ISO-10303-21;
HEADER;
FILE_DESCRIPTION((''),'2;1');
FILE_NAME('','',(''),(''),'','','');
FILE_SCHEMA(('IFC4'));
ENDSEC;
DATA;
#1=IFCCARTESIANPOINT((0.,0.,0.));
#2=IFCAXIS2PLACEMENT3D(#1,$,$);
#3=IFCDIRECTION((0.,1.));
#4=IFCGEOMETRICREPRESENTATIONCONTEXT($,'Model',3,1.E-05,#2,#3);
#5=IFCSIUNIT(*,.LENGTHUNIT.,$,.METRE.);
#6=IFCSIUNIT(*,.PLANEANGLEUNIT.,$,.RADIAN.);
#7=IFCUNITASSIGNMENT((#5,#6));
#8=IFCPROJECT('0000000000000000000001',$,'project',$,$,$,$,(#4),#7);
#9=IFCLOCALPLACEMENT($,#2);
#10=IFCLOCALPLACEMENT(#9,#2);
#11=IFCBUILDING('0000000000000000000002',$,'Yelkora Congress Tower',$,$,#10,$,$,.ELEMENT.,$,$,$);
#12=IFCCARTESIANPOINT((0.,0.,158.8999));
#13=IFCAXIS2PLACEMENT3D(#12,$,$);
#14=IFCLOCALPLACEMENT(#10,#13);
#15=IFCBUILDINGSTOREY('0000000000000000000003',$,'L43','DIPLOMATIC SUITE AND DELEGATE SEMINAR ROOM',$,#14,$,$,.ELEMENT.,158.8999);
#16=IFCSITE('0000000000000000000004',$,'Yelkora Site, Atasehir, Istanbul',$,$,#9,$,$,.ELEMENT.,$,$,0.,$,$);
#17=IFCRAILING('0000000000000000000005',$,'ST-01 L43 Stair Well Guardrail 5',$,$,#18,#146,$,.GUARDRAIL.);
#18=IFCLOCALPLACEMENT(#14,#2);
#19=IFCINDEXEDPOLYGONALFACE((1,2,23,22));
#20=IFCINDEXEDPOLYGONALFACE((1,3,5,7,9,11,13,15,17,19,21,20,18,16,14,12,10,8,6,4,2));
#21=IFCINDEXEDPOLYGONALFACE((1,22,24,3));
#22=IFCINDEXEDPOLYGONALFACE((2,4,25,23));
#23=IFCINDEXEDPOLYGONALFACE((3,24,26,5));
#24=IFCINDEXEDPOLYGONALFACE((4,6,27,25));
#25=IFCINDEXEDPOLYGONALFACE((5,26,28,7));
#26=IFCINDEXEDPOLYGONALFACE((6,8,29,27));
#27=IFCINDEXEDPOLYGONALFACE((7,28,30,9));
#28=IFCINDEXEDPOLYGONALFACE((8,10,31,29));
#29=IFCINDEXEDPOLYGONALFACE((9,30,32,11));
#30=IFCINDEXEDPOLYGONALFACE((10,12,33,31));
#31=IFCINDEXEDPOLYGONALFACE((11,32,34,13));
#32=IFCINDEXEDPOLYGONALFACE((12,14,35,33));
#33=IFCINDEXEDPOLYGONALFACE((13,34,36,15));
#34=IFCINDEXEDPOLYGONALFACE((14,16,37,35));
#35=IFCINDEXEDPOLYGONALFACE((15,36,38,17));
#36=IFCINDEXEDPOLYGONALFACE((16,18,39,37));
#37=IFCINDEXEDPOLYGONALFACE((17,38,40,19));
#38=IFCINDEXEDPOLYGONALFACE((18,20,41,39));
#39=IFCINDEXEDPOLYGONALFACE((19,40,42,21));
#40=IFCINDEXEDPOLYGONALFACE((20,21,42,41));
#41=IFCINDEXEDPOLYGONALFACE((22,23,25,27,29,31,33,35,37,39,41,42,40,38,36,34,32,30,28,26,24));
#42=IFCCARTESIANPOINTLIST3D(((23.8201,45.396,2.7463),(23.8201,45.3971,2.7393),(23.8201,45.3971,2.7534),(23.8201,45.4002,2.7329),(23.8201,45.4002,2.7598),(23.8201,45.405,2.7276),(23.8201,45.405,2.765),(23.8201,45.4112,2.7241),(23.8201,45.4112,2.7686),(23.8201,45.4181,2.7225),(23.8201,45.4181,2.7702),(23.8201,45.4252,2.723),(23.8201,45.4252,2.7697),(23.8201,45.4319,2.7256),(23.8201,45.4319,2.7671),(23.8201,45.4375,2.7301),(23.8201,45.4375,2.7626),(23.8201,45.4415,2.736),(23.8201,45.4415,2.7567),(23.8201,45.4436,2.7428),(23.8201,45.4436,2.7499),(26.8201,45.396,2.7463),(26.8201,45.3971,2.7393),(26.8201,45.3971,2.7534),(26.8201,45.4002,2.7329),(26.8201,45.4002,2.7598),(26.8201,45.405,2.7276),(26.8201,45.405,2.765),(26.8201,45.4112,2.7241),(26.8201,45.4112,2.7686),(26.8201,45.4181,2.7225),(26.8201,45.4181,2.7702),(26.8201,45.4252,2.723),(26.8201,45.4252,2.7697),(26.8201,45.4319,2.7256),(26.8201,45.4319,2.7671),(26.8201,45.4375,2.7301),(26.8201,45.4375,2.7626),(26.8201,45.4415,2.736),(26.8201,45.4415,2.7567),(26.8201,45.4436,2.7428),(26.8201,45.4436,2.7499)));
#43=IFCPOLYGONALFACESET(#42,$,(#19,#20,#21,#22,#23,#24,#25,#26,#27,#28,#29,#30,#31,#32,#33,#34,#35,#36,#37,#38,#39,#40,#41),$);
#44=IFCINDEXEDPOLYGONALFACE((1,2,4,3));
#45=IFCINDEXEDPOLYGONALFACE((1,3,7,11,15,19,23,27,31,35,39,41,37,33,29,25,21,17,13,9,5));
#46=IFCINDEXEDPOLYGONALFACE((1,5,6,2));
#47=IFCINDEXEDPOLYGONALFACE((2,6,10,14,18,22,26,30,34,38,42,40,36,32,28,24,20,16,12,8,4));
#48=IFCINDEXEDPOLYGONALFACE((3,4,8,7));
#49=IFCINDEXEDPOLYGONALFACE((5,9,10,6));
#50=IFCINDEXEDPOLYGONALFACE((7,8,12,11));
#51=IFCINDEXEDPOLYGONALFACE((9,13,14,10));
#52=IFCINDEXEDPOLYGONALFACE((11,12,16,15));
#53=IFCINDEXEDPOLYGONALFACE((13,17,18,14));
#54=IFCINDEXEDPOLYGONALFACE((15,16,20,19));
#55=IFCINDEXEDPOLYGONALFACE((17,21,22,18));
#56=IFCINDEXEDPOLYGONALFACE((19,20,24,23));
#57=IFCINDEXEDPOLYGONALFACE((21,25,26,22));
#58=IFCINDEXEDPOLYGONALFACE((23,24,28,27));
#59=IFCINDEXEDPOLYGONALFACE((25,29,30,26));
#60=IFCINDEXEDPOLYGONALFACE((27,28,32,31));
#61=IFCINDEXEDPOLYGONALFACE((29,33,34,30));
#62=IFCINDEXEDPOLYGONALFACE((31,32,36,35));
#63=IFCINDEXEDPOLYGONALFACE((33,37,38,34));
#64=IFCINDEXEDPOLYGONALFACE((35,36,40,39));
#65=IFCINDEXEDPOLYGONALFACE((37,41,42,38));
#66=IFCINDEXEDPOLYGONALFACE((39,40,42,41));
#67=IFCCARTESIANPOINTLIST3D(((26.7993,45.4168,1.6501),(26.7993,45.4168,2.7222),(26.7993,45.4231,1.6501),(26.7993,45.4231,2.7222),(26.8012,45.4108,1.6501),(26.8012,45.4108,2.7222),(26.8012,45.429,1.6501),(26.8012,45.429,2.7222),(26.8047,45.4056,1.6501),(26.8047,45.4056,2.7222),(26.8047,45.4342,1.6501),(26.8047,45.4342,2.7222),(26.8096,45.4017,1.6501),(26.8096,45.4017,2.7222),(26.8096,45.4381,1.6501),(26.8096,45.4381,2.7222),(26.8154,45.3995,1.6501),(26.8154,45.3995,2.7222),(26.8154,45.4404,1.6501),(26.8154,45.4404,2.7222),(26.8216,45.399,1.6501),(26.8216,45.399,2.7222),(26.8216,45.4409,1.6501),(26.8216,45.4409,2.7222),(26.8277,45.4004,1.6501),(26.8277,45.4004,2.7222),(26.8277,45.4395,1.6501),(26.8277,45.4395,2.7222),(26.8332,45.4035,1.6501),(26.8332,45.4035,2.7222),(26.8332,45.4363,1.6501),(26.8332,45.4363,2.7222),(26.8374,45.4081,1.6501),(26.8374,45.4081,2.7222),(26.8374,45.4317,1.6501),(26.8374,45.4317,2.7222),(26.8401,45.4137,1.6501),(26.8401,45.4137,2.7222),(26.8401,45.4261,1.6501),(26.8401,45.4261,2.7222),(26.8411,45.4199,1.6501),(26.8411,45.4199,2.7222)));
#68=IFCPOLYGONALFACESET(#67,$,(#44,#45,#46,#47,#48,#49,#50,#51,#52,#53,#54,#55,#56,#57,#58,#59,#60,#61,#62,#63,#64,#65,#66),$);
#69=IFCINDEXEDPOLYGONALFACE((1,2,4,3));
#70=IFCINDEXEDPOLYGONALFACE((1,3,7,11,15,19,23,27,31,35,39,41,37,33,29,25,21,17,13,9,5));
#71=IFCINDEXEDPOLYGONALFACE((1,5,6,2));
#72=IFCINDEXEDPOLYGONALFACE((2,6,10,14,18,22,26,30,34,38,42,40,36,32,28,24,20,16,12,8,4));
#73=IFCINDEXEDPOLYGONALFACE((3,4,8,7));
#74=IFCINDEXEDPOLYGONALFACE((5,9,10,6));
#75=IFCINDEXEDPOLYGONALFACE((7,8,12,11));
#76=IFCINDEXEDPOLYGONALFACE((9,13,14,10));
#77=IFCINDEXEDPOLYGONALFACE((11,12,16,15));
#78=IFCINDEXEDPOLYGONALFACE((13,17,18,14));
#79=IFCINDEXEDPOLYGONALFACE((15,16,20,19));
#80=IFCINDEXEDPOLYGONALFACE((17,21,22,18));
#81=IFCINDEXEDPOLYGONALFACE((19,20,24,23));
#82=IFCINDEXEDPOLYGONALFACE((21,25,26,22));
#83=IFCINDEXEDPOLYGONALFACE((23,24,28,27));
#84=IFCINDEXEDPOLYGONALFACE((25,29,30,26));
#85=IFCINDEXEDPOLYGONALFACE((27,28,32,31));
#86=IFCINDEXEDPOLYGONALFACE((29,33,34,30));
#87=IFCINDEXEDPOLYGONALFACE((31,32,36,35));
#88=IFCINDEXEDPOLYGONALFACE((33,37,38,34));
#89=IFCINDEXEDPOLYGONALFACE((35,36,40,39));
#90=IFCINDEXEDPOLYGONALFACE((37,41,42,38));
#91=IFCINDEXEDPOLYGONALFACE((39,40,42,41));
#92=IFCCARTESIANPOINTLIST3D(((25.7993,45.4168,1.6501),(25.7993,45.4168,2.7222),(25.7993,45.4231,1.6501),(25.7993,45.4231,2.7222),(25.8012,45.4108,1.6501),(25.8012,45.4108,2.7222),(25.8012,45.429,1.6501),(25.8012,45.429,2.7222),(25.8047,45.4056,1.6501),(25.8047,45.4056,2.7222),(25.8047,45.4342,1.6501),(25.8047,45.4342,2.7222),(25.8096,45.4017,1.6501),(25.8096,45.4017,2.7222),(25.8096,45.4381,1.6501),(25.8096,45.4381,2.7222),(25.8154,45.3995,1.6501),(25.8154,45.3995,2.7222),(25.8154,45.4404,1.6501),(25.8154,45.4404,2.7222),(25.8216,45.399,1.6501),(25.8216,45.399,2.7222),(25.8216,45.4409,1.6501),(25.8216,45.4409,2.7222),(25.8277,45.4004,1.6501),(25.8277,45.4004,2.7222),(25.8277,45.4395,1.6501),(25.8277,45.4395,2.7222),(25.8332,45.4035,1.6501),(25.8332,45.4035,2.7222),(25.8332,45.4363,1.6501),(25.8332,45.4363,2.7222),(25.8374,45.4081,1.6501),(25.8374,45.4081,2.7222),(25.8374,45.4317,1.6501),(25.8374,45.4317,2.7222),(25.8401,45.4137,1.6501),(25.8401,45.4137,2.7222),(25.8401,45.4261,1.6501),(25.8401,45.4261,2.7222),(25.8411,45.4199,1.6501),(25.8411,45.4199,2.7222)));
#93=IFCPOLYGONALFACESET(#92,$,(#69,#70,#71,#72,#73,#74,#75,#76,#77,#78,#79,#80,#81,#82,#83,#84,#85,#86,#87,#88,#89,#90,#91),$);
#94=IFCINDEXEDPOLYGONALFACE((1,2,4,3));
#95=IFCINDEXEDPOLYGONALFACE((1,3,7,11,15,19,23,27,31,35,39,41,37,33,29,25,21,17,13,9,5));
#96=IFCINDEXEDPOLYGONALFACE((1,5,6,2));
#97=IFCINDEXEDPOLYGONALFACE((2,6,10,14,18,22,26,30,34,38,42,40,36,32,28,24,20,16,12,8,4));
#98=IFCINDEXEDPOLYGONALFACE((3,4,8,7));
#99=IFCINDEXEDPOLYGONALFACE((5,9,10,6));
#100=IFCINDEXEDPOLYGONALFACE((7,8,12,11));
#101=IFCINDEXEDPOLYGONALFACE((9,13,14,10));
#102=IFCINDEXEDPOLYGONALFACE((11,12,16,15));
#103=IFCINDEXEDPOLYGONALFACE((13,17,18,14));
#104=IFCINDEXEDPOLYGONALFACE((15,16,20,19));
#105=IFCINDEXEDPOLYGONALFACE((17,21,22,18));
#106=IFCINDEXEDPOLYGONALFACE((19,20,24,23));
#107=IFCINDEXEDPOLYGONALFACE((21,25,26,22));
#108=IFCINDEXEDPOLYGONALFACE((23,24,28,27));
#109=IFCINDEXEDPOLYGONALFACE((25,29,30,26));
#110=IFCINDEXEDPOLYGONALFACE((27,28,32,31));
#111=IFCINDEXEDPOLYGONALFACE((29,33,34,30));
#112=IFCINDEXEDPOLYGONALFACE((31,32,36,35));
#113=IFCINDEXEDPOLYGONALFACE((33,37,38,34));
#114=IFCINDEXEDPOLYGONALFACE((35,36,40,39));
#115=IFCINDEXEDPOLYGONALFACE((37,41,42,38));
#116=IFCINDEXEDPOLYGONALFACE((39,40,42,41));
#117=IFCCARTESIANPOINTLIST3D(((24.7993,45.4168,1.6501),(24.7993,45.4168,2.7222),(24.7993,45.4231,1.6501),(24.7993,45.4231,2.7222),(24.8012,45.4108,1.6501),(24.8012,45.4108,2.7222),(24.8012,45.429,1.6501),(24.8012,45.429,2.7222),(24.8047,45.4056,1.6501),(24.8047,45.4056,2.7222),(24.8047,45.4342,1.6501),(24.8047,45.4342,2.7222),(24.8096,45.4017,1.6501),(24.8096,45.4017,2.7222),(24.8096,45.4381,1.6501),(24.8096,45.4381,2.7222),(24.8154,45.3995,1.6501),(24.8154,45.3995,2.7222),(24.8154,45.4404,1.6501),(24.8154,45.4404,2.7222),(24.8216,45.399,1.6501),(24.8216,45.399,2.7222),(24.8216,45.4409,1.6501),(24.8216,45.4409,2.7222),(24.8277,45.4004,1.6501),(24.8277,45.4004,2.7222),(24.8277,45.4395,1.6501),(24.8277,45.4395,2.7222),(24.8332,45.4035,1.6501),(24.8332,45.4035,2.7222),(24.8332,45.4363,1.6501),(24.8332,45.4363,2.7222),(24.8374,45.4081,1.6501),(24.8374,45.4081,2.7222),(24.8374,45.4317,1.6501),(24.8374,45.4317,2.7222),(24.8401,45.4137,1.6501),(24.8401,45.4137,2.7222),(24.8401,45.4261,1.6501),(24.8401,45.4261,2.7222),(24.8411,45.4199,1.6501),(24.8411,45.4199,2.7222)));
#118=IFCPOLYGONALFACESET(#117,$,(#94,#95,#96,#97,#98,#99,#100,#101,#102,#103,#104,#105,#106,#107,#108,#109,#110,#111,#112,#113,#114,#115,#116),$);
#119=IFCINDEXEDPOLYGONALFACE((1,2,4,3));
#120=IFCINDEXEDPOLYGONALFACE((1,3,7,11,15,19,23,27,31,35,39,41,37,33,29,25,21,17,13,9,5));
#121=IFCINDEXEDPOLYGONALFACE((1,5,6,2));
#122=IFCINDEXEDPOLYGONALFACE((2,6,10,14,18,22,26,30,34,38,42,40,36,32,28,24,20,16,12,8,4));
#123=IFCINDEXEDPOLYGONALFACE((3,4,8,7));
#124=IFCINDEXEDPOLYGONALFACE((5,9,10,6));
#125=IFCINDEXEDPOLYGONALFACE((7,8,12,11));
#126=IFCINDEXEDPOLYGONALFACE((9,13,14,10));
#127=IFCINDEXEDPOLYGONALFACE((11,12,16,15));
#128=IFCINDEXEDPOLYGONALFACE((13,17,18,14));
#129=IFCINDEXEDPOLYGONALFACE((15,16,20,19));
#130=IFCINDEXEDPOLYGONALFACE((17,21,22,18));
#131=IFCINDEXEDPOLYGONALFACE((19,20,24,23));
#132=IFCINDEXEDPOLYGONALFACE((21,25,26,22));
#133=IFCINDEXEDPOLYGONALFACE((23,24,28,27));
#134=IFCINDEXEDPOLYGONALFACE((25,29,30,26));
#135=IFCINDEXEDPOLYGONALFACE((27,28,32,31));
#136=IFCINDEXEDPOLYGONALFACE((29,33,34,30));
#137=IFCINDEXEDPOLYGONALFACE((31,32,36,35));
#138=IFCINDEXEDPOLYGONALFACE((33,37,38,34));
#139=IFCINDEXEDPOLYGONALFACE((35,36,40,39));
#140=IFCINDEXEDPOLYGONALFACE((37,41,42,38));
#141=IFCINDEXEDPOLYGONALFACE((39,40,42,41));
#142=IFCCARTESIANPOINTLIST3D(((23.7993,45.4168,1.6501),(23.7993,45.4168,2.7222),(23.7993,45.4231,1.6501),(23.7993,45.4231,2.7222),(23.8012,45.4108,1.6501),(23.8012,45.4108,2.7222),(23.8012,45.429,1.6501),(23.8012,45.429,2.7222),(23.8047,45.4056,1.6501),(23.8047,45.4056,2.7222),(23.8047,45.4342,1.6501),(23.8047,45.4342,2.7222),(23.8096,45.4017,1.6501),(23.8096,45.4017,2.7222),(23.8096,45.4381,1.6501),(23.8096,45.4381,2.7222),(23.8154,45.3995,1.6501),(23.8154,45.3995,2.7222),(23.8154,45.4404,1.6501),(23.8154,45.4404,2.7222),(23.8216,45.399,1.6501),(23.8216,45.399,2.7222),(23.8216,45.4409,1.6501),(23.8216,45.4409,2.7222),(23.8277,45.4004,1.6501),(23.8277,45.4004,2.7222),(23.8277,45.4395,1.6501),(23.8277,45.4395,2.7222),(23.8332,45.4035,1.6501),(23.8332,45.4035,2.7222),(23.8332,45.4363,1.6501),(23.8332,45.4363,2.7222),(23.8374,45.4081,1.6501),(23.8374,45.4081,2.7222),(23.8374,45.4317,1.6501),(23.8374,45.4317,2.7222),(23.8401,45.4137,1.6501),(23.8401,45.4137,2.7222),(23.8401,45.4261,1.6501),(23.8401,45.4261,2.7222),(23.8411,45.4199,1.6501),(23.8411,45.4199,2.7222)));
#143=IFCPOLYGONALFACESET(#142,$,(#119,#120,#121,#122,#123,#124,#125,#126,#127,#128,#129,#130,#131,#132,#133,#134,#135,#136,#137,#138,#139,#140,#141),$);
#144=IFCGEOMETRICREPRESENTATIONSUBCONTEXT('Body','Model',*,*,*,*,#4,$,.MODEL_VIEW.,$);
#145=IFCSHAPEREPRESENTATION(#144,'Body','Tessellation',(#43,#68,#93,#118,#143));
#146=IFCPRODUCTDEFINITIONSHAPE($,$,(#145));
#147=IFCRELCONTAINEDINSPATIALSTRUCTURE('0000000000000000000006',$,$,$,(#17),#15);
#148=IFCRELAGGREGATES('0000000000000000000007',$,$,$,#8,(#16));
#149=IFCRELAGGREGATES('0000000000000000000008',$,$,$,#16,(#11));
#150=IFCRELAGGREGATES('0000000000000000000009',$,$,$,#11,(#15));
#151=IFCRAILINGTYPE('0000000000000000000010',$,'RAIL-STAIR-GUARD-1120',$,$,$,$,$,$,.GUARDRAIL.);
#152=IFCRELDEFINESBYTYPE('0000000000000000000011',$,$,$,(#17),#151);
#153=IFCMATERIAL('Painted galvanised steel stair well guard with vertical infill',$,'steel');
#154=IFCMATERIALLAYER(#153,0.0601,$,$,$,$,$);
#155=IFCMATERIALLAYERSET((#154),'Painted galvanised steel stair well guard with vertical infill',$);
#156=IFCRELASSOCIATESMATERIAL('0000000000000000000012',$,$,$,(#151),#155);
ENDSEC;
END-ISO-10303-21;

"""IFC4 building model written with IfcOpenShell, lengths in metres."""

from ifc_helpers import new_model, si_unit, direction, frame, origin, origin_2d, place, context, subcontext, project, spatial, circle, extrude, material, layer, layer_set, type_object, element, save


model = new_model("IFC4")

# Units and contexts
model_context = context("Model", 3, precision=1e-05, world=origin(), true_north=direction((0.0, 1.0)))
body_context = subcontext(model_context, "Body", "Model", "MODEL_VIEW")
ifc_project = project(units=[si_unit("LENGTHUNIT", "METRE"), si_unit("PLANEANGLEUNIT", "RADIAN")], contexts=[model_context])

# Site, building, storey
site_placement = place(None, origin())
site = spatial("IfcSite", under=ifc_project, at=site_placement, Name="Yelkora Site, Atasehir, Istanbul", CompositionType="ELEMENT", RefElevation=0.0)
building_placement = place(site_placement, origin())
building = spatial("IfcBuilding", under=site, at=building_placement, Name="Yelkora Congress Tower", CompositionType="ELEMENT")
storey_placement = place(building_placement, frame((0.0, 0.0, 158.8999)))
storey = spatial("IfcBuildingStorey", under=building, at=storey_placement, Name="L43", Description="DIPLOMATIC SUITE AND DELEGATE SEMINAR ROOM", CompositionType="ELEMENT", Elevation=158.8999)

# Railing
ifc_material_1 = material(Name="Painted galvanised steel stair well guard with vertical infill", Category="steel")
ifc_layer_1 = layer(ifc_material_1, 0.0601)
ifc_layer_set_1 = layer_set([ifc_layer_1], Name="Painted galvanised steel stair well guard with vertical infill")
railing_type = type_object("IfcRailingType", Name="RAIL-STAIR-GUARD-1120", PredefinedType="GUARDRAIL", material=ifc_layer_set_1)
railing_1_placement = place(storey_placement, frame((26.8201, 45.4199, 1.6501)))
element("IfcRailing", 1, at=railing_1_placement, inside=storey, type_object=railing_type, Name="ST-01 L43 Stair Well Guardrail 5", PredefinedType="GUARDRAIL", context=body_context, shape_type="SweptSolid", body=[
    extrude(circle(Radius=0.0239, at=origin_2d()), frame((0.0, 0.0, 1.0962), z_axis=(-1.0, 0.0, 0.0), x_axis=(0.0, -1.0, 0.0)), (0.0, 0.0, 1.0), 3.0),
    extrude(circle(Radius=0.021, at=origin_2d()), origin(), (0.0, 0.0, 1.0), 1.072),
    extrude(circle(Radius=0.021, at=origin_2d()), frame((-1.0, 0.0, 0.0)), (0.0, 0.0, 1.0), 1.072),
    extrude(circle(Radius=0.021, at=origin_2d()), frame((-2.0, 0.0, 0.0)), (0.0, 0.0, 1.0), 1.072),
    extrude(circle(Radius=0.021, at=origin_2d()), frame((-3.0, 0.0, 0.0)), (0.0, 0.0, 1.0), 1.072),
])

save(model, "model.ifc")
